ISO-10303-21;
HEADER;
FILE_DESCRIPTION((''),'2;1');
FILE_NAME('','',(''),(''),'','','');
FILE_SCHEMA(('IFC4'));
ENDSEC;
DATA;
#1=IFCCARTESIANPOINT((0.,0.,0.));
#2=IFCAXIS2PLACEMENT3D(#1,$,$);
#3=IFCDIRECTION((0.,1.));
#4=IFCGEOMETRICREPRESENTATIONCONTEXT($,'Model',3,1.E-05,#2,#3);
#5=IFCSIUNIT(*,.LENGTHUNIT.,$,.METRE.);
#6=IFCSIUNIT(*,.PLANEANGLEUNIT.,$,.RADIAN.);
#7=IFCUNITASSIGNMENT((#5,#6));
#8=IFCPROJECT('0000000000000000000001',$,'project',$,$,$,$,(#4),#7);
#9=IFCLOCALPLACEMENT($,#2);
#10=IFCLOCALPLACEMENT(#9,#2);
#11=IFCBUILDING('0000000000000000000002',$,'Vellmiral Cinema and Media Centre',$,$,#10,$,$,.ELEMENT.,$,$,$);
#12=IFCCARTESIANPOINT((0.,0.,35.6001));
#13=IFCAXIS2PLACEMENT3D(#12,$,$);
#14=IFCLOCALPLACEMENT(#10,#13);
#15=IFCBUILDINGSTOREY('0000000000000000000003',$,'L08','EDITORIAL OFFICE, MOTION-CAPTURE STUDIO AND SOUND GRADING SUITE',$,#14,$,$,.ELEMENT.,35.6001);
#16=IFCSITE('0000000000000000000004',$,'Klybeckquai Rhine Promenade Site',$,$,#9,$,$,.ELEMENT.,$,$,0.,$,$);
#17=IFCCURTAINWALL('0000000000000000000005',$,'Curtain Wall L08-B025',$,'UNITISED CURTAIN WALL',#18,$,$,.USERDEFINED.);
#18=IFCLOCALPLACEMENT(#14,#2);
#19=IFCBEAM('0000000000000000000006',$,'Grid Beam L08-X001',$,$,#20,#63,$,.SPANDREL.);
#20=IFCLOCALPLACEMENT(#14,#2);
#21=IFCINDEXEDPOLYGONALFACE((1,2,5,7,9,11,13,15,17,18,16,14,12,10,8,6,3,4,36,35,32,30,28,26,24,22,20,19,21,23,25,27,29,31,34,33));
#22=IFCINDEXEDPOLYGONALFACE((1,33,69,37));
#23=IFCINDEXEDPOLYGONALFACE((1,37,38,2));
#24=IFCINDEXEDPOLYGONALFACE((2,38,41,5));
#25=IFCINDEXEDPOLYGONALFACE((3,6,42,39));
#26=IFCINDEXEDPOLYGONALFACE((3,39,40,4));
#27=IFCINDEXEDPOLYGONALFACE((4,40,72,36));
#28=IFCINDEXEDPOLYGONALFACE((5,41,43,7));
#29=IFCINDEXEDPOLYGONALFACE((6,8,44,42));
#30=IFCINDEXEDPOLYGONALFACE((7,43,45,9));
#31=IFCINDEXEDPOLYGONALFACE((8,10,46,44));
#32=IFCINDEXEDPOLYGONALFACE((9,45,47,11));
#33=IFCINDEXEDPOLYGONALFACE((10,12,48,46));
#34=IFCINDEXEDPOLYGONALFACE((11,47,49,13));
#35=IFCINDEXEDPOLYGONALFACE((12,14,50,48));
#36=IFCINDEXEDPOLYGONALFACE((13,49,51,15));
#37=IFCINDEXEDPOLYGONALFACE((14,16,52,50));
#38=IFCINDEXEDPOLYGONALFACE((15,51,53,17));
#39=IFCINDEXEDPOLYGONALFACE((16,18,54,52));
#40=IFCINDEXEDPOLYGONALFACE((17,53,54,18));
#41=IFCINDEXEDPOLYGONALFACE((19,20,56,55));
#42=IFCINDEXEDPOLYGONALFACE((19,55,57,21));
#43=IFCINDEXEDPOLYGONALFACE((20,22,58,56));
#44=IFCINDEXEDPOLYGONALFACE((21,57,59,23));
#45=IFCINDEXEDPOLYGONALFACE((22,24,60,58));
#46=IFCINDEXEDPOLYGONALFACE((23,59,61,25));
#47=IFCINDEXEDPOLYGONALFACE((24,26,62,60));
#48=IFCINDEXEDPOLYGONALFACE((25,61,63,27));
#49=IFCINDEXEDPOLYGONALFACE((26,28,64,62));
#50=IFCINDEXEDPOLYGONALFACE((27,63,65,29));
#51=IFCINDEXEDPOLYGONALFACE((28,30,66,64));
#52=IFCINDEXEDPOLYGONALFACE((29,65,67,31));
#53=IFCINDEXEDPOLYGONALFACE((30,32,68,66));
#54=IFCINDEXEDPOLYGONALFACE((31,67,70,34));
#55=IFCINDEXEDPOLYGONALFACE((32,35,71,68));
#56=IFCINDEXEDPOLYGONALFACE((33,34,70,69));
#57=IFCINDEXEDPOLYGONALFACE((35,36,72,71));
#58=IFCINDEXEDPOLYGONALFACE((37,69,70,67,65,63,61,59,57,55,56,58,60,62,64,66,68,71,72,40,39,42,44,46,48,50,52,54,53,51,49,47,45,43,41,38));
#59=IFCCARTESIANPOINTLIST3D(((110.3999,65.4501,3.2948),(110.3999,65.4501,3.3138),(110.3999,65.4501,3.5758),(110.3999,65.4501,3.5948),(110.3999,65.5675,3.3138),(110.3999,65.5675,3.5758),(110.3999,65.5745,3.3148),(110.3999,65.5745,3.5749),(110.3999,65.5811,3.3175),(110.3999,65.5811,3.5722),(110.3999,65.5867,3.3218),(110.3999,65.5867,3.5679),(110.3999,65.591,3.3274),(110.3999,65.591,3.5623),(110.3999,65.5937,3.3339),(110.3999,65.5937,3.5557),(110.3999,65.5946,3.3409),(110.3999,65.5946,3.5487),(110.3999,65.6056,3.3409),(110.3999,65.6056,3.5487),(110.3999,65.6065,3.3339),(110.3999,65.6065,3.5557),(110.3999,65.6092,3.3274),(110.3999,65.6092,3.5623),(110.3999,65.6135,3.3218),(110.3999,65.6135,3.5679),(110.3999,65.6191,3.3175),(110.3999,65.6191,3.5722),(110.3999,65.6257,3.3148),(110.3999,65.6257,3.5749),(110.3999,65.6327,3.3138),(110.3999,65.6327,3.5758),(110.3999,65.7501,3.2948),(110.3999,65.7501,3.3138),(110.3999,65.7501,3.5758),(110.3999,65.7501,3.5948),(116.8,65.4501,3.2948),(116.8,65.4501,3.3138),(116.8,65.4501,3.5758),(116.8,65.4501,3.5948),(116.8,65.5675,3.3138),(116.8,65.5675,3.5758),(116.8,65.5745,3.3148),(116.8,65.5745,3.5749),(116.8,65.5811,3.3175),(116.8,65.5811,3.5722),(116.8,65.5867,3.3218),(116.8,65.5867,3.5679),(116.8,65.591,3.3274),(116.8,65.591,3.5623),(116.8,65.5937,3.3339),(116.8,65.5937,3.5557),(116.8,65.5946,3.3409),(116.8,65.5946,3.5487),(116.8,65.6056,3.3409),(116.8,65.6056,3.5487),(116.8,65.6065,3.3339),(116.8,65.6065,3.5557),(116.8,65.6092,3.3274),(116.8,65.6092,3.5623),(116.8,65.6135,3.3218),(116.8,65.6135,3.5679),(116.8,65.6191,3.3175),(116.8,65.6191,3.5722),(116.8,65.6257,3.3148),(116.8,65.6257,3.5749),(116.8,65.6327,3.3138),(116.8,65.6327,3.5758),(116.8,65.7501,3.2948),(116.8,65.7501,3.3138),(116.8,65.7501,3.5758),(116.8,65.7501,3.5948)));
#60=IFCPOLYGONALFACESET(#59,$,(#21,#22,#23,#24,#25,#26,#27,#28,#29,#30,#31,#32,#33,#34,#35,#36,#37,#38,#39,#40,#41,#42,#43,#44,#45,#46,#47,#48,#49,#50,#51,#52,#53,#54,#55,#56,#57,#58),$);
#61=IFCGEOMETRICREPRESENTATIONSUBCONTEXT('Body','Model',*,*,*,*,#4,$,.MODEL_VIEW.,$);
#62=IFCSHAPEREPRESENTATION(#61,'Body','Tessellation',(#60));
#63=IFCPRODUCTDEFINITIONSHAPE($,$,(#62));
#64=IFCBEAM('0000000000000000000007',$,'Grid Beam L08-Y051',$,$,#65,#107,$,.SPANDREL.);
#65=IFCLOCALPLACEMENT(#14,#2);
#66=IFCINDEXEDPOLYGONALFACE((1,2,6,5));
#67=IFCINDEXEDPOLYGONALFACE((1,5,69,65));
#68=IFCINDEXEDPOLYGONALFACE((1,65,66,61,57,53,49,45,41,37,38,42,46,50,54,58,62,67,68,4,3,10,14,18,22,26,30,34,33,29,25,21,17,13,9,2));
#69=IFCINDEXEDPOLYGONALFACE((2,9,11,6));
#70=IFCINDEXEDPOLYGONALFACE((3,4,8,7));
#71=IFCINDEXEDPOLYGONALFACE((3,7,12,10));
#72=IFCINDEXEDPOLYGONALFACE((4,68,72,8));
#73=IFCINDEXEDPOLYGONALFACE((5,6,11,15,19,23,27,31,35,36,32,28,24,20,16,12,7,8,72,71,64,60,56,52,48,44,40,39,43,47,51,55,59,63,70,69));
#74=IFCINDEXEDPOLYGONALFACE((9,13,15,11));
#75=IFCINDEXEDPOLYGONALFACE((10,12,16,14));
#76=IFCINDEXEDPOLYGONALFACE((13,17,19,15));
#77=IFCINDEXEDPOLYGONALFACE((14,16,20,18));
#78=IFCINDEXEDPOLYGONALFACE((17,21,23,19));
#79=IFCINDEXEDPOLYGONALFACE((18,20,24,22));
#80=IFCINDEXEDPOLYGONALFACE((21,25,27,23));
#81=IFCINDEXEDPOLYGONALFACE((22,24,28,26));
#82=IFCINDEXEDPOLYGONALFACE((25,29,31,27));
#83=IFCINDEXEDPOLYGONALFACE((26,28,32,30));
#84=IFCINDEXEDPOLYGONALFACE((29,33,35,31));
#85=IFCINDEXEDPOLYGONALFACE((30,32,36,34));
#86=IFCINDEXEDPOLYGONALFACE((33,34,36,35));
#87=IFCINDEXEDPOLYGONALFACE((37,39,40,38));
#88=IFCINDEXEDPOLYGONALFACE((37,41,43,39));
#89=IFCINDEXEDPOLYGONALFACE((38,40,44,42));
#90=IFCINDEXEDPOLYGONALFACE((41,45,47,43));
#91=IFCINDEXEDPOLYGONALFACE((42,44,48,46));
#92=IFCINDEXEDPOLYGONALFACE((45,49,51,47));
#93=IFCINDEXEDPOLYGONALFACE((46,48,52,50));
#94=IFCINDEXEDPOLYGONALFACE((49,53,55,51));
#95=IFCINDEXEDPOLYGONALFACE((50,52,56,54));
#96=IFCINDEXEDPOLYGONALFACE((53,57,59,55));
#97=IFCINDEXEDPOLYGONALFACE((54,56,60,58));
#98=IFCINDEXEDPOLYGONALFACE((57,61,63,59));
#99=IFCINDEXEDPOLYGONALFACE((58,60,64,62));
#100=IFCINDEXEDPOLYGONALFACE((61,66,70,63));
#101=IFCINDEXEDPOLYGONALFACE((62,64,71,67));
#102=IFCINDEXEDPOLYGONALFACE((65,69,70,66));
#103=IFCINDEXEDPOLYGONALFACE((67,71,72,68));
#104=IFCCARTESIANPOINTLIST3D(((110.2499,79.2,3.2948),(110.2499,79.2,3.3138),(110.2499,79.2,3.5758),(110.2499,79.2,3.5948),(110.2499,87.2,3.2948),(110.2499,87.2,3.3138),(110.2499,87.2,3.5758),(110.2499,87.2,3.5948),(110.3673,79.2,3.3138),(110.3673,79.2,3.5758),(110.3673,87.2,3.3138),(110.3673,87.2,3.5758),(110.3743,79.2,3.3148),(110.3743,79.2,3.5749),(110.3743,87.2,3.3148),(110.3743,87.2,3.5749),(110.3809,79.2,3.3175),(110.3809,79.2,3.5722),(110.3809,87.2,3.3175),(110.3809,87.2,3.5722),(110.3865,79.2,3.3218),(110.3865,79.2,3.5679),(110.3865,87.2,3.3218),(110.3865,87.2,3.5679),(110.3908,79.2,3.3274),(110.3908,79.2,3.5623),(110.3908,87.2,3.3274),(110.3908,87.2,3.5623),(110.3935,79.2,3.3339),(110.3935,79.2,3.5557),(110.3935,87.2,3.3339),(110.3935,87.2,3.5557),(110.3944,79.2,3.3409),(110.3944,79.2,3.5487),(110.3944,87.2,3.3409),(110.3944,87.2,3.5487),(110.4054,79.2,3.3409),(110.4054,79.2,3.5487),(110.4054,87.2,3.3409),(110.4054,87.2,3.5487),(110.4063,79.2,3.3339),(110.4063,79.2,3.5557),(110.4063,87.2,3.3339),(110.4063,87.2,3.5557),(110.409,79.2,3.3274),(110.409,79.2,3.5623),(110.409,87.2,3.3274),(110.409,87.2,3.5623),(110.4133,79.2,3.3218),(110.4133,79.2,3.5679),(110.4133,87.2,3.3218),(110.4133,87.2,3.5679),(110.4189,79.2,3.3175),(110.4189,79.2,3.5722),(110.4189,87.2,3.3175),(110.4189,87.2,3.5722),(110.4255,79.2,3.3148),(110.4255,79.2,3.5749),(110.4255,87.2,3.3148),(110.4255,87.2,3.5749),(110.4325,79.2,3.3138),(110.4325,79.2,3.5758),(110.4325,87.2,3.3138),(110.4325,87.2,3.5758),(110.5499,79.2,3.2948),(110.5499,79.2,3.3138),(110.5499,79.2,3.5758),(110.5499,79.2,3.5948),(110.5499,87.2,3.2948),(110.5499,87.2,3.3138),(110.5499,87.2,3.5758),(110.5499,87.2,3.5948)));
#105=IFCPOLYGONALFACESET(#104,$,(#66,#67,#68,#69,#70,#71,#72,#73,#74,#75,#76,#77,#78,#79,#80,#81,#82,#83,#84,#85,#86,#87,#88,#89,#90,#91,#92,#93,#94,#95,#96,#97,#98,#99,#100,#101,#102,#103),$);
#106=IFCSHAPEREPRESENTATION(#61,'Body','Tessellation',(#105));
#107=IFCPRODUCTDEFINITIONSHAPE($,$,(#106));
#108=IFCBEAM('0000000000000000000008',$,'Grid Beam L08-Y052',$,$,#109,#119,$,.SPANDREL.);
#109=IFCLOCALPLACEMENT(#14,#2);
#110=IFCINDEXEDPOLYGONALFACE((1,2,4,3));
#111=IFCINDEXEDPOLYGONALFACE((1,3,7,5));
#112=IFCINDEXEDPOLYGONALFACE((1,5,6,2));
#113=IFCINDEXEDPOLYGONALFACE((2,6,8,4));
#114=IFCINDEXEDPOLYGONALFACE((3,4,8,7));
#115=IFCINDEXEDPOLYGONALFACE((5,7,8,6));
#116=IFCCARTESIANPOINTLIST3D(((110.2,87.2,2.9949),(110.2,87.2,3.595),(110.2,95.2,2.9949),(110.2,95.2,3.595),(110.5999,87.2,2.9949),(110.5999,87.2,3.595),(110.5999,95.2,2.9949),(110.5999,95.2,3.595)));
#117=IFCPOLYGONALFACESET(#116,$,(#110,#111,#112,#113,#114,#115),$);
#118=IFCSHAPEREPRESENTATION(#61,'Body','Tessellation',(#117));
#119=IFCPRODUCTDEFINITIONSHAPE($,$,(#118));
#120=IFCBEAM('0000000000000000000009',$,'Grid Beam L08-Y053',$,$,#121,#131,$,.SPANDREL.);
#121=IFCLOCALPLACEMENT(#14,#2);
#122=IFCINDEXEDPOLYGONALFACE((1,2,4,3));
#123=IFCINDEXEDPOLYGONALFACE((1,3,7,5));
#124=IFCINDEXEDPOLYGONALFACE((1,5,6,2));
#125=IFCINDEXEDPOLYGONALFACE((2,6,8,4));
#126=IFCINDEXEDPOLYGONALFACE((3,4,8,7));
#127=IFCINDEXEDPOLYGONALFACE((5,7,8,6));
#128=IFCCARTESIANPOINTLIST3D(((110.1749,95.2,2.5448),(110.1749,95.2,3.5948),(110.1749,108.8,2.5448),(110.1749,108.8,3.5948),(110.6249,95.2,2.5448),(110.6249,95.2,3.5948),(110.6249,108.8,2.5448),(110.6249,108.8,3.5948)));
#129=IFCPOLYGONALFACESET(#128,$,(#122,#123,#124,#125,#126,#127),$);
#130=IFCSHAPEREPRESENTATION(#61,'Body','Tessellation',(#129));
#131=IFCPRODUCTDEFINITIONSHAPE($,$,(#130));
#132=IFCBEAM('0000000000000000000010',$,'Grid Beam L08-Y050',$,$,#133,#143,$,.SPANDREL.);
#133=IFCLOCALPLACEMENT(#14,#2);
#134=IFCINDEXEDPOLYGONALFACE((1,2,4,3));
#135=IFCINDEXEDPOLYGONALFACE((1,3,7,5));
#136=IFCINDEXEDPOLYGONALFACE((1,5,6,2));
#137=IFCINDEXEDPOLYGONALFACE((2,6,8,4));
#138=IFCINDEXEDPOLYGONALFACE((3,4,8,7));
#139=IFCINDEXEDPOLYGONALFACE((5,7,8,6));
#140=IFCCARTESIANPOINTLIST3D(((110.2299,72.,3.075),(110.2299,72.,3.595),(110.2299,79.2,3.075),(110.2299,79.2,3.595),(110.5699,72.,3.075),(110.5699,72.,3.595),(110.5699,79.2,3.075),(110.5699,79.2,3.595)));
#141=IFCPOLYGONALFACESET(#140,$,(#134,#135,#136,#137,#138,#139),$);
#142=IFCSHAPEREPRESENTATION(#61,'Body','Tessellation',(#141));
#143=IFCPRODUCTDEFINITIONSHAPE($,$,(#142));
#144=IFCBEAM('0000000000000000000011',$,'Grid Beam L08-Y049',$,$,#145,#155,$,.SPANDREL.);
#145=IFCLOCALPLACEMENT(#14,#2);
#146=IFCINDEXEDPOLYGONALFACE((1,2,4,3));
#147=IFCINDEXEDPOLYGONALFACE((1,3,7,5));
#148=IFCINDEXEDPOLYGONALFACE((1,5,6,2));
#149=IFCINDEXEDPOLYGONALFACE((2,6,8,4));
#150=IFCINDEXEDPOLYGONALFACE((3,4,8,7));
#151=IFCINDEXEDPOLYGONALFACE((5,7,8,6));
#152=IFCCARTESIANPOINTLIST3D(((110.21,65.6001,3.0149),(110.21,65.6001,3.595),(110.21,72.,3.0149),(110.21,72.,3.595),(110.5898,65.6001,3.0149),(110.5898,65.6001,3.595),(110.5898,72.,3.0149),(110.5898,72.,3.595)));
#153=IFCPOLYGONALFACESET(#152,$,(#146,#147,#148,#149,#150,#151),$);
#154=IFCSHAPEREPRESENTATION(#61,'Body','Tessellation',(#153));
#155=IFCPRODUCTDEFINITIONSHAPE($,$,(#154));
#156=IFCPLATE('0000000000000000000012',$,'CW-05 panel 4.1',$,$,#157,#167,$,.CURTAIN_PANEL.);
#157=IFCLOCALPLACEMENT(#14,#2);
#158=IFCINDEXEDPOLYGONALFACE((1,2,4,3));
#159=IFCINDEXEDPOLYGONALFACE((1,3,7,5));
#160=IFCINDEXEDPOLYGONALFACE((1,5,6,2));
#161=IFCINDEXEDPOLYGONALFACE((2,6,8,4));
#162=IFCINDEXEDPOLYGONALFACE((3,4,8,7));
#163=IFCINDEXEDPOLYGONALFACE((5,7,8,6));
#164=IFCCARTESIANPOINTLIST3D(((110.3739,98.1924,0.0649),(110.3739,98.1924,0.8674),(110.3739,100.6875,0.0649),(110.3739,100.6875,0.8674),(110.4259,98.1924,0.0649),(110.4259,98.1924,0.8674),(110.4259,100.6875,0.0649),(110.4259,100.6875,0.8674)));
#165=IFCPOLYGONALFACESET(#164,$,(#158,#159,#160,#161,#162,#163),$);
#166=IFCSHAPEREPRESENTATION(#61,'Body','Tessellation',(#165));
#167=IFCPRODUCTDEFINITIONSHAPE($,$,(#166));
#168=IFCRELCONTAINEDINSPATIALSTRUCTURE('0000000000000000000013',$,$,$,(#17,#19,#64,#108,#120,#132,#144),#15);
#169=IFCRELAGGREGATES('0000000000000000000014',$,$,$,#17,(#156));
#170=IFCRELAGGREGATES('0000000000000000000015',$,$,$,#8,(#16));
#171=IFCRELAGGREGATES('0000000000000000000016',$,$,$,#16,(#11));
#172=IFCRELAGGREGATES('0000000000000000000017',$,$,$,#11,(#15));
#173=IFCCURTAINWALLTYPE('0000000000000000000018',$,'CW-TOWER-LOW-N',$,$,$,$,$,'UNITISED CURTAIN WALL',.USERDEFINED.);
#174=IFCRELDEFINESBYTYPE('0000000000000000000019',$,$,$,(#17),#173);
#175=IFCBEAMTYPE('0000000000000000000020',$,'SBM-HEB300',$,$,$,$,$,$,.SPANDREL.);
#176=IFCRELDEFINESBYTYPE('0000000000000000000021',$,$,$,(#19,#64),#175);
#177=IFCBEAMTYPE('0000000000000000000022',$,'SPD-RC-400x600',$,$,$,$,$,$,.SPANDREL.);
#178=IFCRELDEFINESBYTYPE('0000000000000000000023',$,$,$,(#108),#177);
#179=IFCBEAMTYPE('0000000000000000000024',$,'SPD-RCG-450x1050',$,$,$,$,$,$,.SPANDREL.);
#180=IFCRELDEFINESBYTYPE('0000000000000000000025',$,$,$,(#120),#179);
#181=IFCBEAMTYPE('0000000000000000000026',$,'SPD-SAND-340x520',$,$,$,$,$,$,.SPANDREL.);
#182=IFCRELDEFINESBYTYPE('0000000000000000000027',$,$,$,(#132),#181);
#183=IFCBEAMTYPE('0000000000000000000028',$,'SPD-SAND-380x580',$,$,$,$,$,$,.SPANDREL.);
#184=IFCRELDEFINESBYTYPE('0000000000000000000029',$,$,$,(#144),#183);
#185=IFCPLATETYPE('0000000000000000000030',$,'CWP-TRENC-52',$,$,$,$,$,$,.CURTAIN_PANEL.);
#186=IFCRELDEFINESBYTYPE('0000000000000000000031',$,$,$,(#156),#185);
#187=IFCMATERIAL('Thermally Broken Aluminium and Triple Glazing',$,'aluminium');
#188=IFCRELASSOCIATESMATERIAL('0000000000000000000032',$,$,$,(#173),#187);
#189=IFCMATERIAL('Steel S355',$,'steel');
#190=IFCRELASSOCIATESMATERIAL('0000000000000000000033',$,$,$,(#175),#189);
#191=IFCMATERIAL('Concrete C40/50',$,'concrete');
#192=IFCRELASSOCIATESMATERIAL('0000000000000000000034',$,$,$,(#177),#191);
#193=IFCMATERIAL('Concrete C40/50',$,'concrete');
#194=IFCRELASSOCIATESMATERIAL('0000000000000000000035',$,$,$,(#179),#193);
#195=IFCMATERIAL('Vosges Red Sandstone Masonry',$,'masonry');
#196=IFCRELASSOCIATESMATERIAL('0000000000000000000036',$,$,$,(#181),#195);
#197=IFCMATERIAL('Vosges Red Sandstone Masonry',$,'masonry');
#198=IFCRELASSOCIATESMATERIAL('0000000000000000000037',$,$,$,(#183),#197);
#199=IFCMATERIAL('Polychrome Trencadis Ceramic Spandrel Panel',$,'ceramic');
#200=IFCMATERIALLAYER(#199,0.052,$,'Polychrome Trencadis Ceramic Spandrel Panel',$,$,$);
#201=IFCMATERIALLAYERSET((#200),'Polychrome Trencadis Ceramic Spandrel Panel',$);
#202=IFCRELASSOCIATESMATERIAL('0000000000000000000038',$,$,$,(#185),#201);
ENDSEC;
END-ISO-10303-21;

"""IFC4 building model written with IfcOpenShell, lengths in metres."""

from ifc_helpers import new_model, si_unit, direction, frame, origin, origin_2d, place, context, subcontext, project, spatial, rectangle, i_section, extrude, material, layer, layer_set, material_profile, profile_set, type_object, element, aggregate, save


model = new_model("IFC4")

# Units and contexts
model_context = context("Model", 3, precision=1e-05, world=origin(), true_north=direction((0.0, 1.0)))
body_context = subcontext(model_context, "Body", "Model", "MODEL_VIEW")
ifc_project = project(units=[si_unit("LENGTHUNIT", "METRE"), si_unit("PLANEANGLEUNIT", "RADIAN")], contexts=[model_context])

# Site, building, storey
site_placement = place(None, origin())
site = spatial("IfcSite", under=ifc_project, at=site_placement, Name="Klybeckquai Rhine Promenade Site", CompositionType="ELEMENT", RefElevation=0.0)
building_placement = place(site_placement, origin())
building = spatial("IfcBuilding", under=site, at=building_placement, Name="Vellmiral Cinema and Media Centre", CompositionType="ELEMENT")
storey_placement = place(building_placement, frame((0.0, 0.0, 35.6001)))
storey = spatial("IfcBuildingStorey", under=building, at=storey_placement, Name="L08", Description="EDITORIAL OFFICE, MOTION-CAPTURE STUDIO AND SOUND GRADING SUITE", CompositionType="ELEMENT", Elevation=35.6001)

# Curtain wall
ifc_material_1 = material(Name="Thermally Broken Aluminium and Triple Glazing", Category="aluminium")
curtain_wall_type = type_object("IfcCurtainWallType", Name="CW-TOWER-LOW-N", ElementType="UNITISED CURTAIN WALL", PredefinedType="USERDEFINED", material=ifc_material_1)
curtain_wall_placement = place(storey_placement, origin())
curtain_wall = element("IfcCurtainWall", 1, at=curtain_wall_placement, inside=storey, type_object=curtain_wall_type, Name="Curtain Wall L08-B025", ObjectType="UNITISED CURTAIN WALL", PredefinedType="USERDEFINED")

# Beams
ifc_material_2 = material(Name="Steel S355", Category="steel")
ifc_material_profile_1 = material_profile(ifc_material_2, i_section(OverallWidth=0.3, OverallDepth=0.3, WebThickness=0.011, FlangeThickness=0.019, FilletRadius=0.0271, at=origin_2d()), Name="HEB 300")
ifc_profile_set_1 = profile_set([ifc_material_profile_1], Name="Steel S355")
beam_type_1 = type_object("IfcBeamType", Name="SBM-HEB300", PredefinedType="SPANDREL", material=ifc_profile_set_1)
beam_1_placement = place(storey_placement, frame((110.3999, 65.6001, 3.4448), z_axis=(1.0, 0.0, 0.0), x_axis=(0.0, 1.0, 0.0)))
element("IfcBeam", 2, at=beam_1_placement, inside=storey, type_object=beam_type_1, Name="Grid Beam L08-X001", PredefinedType="SPANDREL", context=body_context, shape_type="SweptSolid", body=[
    extrude(i_section(OverallWidth=0.3, OverallDepth=0.3, WebThickness=0.011, FlangeThickness=0.019, FilletRadius=0.0271, at=origin_2d()), origin(), (0.0, 0.0, 1.0), 6.4001),
])
beam_2_placement = place(storey_placement, frame((110.3999, 79.2, 3.4448), z_axis=(0.0, 1.0, 0.0), x_axis=(-1.0, 0.0, 0.0)))
element("IfcBeam", 3, at=beam_2_placement, inside=storey, type_object=beam_type_1, Name="Grid Beam L08-Y051", PredefinedType="SPANDREL", context=body_context, shape_type="SweptSolid", body=[
    extrude(i_section(OverallWidth=0.3, OverallDepth=0.3, WebThickness=0.011, FlangeThickness=0.019, FilletRadius=0.0271, at=origin_2d()), origin(), (0.0, 0.0, 1.0), 8.0),
])
ifc_material_3 = material(Name="Concrete C40/50", Category="concrete")
ifc_material_profile_2 = material_profile(ifc_material_3, rectangle(XDim=0.3999, YDim=0.6001, at=origin_2d()), Name="RC 400x600")
ifc_profile_set_2 = profile_set([ifc_material_profile_2], Name="Concrete C40/50")
beam_type_2 = type_object("IfcBeamType", Name="SPD-RC-400x600", PredefinedType="SPANDREL", material=ifc_profile_set_2)
beam_3_placement = place(storey_placement, frame((110.3999, 87.2, 3.2949), z_axis=(0.0, 1.0, 0.0), x_axis=(-1.0, 0.0, 0.0)))
element("IfcBeam", 4, at=beam_3_placement, inside=storey, type_object=beam_type_2, Name="Grid Beam L08-Y052", PredefinedType="SPANDREL", context=body_context, shape_type="SweptSolid", body=[
    extrude(rectangle(XDim=0.3999, YDim=0.6001, at=origin_2d()), origin(), (0.0, 0.0, 1.0), 8.0),
])
ifc_material_4 = material(Name="Concrete C40/50", Category="concrete")
ifc_material_profile_3 = material_profile(ifc_material_4, rectangle(XDim=0.45, YDim=1.05, at=origin_2d()), Name="RC 450x1050")
ifc_profile_set_3 = profile_set([ifc_material_profile_3], Name="Concrete C40/50")
beam_type_3 = type_object("IfcBeamType", Name="SPD-RCG-450x1050", PredefinedType="SPANDREL", material=ifc_profile_set_3)
beam_4_placement = place(storey_placement, frame((110.3999, 95.2, 3.0698), z_axis=(0.0, 1.0, 0.0), x_axis=(-1.0, 0.0, 0.0)))
element("IfcBeam", 5, at=beam_4_placement, inside=storey, type_object=beam_type_3, Name="Grid Beam L08-Y053", PredefinedType="SPANDREL", context=body_context, shape_type="SweptSolid", body=[
    extrude(rectangle(XDim=0.45, YDim=1.05, at=origin_2d()), origin(), (0.0, 0.0, 1.0), 13.6001),
])
ifc_material_5 = material(Name="Vosges Red Sandstone Masonry", Category="masonry")
ifc_material_profile_4 = material_profile(ifc_material_5, rectangle(XDim=0.3401, YDim=0.52, at=origin_2d()), Name="SAND 340x520")
ifc_profile_set_4 = profile_set([ifc_material_profile_4], Name="Vosges Red Sandstone Masonry")
beam_type_4 = type_object("IfcBeamType", Name="SPD-SAND-340x520", PredefinedType="SPANDREL", material=ifc_profile_set_4)
beam_5_placement = place(storey_placement, frame((110.3999, 72.0, 3.335), z_axis=(0.0, 1.0, 0.0), x_axis=(-1.0, 0.0, 0.0)))
element("IfcBeam", 6, at=beam_5_placement, inside=storey, type_object=beam_type_4, Name="Grid Beam L08-Y050", PredefinedType="SPANDREL", context=body_context, shape_type="SweptSolid", body=[
    extrude(rectangle(XDim=0.3401, YDim=0.52, at=origin_2d()), origin(), (0.0, 0.0, 1.0), 7.2),
])
ifc_material_6 = material(Name="Vosges Red Sandstone Masonry", Category="masonry")
ifc_material_profile_5 = material_profile(ifc_material_6, rectangle(XDim=0.3799, YDim=0.5801, at=origin_2d()), Name="SAND 380x580")
ifc_profile_set_5 = profile_set([ifc_material_profile_5], Name="Vosges Red Sandstone Masonry")
beam_type_5 = type_object("IfcBeamType", Name="SPD-SAND-380x580", PredefinedType="SPANDREL", material=ifc_profile_set_5)
beam_6_placement = place(storey_placement, frame((110.3999, 65.6001, 3.3049), z_axis=(0.0, 1.0, 0.0), x_axis=(-1.0, 0.0, 0.0)))
element("IfcBeam", 7, at=beam_6_placement, inside=storey, type_object=beam_type_5, Name="Grid Beam L08-Y049", PredefinedType="SPANDREL", context=body_context, shape_type="SweptSolid", body=[
    extrude(rectangle(XDim=0.3799, YDim=0.5801, at=origin_2d()), origin(), (0.0, 0.0, 1.0), 6.3999),
])

# Plate
ifc_material_7 = material(Name="Polychrome Trencadis Ceramic Spandrel Panel", Category="ceramic")
ifc_layer_1 = layer(ifc_material_7, 0.052, Name="Polychrome Trencadis Ceramic Spandrel Panel")
ifc_layer_set_1 = layer_set([ifc_layer_1], Name="Polychrome Trencadis Ceramic Spandrel Panel")
plate_type = type_object("IfcPlateType", Name="CWP-TRENC-52", PredefinedType="CURTAIN_PANEL", material=ifc_layer_set_1)
plate_placement = place(storey_placement, frame((110.3999, 99.4399, 0.0649), z_axis=(0.0, 0.0, 1.0), x_axis=(0.0, -1.0, 0.0)))
plate = element("IfcPlate", 8, at=plate_placement, type_object=plate_type, Name="CW-05 panel 4.1", PredefinedType="CURTAIN_PANEL", context=body_context, shape_type="SweptSolid", body=[
    extrude(rectangle(XDim=2.4951, YDim=0.052, at=origin_2d()), origin(), (0.0, 0.0, 1.0), 0.8025),
])
aggregate(curtain_wall, [plate])

save(model, "model.ifc")
